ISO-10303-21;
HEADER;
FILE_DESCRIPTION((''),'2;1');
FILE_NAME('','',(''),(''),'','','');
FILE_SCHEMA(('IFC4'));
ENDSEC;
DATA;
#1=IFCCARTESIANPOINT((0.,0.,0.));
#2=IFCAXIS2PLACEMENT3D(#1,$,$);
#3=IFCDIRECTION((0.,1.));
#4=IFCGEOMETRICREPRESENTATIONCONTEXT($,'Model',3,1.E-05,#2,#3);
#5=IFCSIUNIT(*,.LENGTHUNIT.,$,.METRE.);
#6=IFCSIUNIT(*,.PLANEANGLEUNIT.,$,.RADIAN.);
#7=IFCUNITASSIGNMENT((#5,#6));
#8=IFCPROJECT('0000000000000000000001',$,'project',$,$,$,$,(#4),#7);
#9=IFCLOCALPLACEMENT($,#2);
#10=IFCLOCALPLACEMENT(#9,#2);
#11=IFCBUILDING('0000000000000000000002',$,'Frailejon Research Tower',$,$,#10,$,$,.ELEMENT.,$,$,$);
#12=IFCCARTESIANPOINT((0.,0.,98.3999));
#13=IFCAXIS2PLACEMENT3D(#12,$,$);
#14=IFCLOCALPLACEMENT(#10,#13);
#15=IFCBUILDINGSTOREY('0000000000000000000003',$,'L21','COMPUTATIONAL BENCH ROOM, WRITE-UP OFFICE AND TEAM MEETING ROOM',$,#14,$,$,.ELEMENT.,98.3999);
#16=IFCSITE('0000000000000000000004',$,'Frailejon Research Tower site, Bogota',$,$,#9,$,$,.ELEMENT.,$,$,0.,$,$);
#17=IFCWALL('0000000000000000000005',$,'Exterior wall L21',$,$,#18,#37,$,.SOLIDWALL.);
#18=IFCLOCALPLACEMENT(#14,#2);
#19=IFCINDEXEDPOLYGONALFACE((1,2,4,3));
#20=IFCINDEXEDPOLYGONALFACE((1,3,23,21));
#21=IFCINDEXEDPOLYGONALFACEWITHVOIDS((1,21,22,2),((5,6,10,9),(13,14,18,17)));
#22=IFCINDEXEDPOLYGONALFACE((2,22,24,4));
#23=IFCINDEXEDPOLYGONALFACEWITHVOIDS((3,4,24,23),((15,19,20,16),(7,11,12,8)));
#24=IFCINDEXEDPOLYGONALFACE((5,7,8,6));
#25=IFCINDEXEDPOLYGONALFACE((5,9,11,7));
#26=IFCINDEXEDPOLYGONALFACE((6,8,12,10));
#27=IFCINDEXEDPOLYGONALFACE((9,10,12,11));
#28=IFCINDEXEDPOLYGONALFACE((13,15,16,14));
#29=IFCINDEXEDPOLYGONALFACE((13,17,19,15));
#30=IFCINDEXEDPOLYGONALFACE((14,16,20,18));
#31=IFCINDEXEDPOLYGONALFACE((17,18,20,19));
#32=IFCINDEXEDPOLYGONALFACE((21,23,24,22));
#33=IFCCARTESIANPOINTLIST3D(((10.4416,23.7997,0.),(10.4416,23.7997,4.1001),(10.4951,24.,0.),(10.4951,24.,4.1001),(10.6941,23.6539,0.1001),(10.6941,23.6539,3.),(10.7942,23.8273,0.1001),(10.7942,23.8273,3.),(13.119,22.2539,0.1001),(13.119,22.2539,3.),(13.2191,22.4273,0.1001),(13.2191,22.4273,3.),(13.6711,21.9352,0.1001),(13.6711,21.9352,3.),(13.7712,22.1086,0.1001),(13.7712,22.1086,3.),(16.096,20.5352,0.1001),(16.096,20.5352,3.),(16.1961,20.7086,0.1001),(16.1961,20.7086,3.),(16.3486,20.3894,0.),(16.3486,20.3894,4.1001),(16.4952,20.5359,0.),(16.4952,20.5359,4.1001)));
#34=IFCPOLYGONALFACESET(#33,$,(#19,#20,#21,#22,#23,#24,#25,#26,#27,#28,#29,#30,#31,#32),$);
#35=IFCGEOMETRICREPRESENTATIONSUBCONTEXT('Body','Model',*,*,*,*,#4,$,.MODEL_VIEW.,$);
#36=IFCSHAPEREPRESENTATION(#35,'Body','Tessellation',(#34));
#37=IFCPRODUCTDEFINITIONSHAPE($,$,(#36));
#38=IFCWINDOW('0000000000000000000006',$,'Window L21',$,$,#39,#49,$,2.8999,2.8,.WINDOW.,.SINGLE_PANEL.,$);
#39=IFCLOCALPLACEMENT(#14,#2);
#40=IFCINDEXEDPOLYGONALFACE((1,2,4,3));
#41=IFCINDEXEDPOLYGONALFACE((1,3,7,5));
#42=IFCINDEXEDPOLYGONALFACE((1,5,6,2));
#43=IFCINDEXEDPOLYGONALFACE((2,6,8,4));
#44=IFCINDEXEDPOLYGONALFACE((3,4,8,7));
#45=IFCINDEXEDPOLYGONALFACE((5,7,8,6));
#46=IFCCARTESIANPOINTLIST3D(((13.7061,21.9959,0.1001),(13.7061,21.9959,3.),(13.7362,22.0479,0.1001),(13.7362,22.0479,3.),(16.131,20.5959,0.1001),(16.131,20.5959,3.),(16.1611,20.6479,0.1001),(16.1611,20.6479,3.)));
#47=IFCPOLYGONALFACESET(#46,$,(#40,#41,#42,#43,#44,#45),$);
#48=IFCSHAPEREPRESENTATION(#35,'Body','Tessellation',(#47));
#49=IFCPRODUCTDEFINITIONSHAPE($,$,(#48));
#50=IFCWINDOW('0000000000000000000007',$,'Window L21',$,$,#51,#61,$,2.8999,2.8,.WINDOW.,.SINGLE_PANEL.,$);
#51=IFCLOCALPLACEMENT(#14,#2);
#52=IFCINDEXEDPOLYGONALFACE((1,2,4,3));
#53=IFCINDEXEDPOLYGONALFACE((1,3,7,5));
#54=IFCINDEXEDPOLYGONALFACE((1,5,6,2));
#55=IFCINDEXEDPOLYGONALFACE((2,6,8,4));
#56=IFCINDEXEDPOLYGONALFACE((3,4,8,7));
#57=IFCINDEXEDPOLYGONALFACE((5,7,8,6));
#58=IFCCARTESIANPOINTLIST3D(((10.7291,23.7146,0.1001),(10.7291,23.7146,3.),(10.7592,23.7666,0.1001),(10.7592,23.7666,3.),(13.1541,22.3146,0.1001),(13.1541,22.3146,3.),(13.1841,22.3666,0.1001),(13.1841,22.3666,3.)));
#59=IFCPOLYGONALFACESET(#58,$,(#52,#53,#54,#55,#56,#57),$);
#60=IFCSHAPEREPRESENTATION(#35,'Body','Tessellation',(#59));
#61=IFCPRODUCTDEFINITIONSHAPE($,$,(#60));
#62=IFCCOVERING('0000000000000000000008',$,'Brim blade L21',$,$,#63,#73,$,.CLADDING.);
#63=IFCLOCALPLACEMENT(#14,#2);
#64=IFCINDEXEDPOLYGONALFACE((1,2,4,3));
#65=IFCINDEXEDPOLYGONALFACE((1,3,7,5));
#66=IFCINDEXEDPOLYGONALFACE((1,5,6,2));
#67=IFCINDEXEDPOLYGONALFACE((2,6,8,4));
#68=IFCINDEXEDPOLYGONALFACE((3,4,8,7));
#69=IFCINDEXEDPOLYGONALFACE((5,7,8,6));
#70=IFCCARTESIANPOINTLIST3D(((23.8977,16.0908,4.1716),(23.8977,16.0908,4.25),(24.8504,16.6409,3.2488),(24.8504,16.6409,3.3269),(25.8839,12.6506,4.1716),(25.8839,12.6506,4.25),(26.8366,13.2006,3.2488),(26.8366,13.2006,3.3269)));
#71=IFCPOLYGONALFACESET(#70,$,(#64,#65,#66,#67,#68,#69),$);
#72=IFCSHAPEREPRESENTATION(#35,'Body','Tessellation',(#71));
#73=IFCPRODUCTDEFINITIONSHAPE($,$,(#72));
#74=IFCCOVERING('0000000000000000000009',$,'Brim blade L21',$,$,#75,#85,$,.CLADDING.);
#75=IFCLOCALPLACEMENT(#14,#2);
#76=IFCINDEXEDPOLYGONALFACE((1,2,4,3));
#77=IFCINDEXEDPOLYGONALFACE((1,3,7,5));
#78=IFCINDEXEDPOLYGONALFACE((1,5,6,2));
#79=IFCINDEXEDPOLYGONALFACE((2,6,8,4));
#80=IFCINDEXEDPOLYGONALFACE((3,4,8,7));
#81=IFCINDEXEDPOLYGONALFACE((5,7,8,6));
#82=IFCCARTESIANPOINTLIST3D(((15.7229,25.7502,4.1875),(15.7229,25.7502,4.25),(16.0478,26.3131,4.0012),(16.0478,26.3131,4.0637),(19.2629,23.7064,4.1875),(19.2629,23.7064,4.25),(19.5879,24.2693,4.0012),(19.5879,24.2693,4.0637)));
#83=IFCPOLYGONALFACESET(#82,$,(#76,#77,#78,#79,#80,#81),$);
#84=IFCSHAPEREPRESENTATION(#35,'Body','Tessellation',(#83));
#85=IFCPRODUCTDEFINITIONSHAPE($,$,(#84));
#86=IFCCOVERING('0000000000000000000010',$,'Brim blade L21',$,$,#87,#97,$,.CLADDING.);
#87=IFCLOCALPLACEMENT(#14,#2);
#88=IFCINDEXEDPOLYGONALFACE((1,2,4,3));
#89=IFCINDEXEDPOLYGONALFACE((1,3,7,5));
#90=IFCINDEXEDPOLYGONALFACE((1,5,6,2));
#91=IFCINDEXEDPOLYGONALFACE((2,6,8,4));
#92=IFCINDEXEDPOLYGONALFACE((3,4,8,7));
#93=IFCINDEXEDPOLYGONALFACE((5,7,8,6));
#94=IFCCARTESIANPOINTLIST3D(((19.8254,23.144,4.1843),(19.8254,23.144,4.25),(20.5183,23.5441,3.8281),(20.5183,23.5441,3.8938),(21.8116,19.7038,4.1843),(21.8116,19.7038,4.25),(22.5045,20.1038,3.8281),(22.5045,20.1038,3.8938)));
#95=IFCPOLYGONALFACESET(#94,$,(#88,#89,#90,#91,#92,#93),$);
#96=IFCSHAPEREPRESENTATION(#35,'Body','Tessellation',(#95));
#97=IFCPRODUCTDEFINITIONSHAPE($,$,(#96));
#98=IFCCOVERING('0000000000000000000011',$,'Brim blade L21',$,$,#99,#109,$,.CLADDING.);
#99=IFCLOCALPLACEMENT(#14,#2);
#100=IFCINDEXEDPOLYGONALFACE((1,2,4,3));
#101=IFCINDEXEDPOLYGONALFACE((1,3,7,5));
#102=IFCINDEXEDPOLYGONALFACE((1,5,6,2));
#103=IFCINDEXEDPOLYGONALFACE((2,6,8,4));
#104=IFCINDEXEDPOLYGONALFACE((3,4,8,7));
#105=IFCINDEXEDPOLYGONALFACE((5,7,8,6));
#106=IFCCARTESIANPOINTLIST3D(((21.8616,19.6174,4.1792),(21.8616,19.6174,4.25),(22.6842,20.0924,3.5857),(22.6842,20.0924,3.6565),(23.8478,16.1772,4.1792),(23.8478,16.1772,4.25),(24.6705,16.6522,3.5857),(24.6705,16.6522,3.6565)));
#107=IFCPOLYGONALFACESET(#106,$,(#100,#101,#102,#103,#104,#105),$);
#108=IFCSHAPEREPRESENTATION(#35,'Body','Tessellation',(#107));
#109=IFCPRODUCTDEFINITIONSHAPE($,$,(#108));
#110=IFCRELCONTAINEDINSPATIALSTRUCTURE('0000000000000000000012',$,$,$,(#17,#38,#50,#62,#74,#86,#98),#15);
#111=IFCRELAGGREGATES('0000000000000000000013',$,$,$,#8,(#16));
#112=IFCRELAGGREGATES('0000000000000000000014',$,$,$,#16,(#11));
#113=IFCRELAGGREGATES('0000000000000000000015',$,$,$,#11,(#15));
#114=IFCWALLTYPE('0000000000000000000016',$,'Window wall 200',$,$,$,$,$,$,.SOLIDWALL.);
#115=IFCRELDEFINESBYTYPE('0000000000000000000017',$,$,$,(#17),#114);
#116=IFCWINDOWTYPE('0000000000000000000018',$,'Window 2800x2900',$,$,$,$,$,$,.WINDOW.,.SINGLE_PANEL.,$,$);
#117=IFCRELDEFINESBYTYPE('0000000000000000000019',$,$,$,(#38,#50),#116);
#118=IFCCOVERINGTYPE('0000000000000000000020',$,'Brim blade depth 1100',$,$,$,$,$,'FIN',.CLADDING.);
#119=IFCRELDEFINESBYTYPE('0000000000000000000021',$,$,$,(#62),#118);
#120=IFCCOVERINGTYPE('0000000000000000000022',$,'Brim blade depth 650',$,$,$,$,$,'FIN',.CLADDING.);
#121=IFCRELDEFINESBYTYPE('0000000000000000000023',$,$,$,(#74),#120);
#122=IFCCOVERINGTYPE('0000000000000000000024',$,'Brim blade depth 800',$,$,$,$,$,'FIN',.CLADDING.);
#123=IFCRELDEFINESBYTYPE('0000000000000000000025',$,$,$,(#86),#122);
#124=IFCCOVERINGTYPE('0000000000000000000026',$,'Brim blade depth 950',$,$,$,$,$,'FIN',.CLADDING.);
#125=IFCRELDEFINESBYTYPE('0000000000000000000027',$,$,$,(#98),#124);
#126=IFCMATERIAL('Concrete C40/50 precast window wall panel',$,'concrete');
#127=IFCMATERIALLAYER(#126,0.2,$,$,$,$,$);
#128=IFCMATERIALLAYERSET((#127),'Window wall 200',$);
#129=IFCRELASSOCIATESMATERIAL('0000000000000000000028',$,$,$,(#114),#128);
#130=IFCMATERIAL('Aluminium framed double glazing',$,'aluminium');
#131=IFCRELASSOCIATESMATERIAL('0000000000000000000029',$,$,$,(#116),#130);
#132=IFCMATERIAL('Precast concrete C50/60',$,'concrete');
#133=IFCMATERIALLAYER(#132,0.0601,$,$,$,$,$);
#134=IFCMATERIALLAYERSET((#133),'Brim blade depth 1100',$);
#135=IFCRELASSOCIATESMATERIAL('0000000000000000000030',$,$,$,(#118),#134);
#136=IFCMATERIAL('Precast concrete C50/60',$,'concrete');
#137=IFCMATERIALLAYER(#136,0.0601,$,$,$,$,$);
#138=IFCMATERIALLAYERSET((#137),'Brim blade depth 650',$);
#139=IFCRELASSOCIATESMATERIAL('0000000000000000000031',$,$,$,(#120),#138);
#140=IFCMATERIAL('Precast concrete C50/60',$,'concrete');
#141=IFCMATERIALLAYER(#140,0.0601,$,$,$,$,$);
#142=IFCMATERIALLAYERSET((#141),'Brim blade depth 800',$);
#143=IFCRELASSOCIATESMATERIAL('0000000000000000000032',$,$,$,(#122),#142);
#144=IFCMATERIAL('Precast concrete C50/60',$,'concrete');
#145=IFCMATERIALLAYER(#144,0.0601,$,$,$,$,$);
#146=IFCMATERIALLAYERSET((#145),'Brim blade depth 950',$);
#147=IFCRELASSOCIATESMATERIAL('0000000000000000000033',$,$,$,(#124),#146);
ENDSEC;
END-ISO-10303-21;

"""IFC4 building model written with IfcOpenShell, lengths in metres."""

from ifc_helpers import new_model, si_unit, direction, frame, frame_2d, origin, place, context, subcontext, project, spatial, polyline, rectangle, outline, extrude, material, layer, layer_set, type_object, element, fill, save


model = new_model("IFC4")

# Units and contexts
model_context = context("Model", 3, precision=1e-05, world=origin(), true_north=direction((0.0, 1.0)))
body_context = subcontext(model_context, "Body", "Model", "MODEL_VIEW")
ifc_project = project(units=[si_unit("LENGTHUNIT", "METRE"), si_unit("PLANEANGLEUNIT", "RADIAN")], contexts=[model_context])

# Site, building, storey
site_placement = place(None, origin())
site = spatial("IfcSite", under=ifc_project, at=site_placement, Name="Frailejon Research Tower site, Bogota", CompositionType="ELEMENT", RefElevation=0.0)
building_placement = place(site_placement, origin())
building = spatial("IfcBuilding", under=site, at=building_placement, Name="Frailejon Research Tower", CompositionType="ELEMENT")
storey_placement = place(building_placement, frame((0.0, 0.0, 98.3999)))
storey = spatial("IfcBuildingStorey", under=building, at=storey_placement, Name="L21", Description="COMPUTATIONAL BENCH ROOM, WRITE-UP OFFICE AND TEAM MEETING ROOM", CompositionType="ELEMENT", Elevation=98.3999)

# Wall, openings, windows
ifc_material_1 = material(Name="Concrete C40/50 precast window wall panel", Category="concrete")
ifc_layer_1 = layer(ifc_material_1, 0.2)
ifc_layer_set_1 = layer_set([ifc_layer_1], Name="Window wall 200")
wall_type_1 = type_object("IfcWallType", Name="Window wall 200", PredefinedType="SOLIDWALL", material=ifc_layer_set_1)
wall_1_placement = place(storey_placement, frame((16.4219, 20.4626, 0.0), z_axis=(0.0, 0.0, 1.0), x_axis=(-0.866029, 0.499993, 0.0)))
wall_1 = element("IfcWall", 1, at=wall_1_placement, inside=storey, type_object=wall_type_1, Name="Exterior wall L21", PredefinedType="SOLIDWALL", context=body_context, shape_type="SweptSolid", body=[
    extrude(outline(polyline([(-0.0269, -0.1001), (1.1279, -0.1001), (2.2825, -0.1001), (3.4373, -0.1001), (4.592, -0.1001), (5.7466, -0.1001), (6.9014, -0.1001), (6.8477, 0.1001), (5.7109, 0.1001), (4.574, 0.1001), (3.4373, 0.1001), (2.3005, 0.1001), (1.1636, 0.1001), (0.0269, 0.1001), (-0.0269, -0.1001)])), origin(), (0.0, 0.0, 1.0), 4.1001),
])
opening_1_placement = place(wall_1_placement, frame((0.3186, 0.0, 0.1001)))
opening_1 = element("IfcOpeningElement", 2, at=opening_1_placement, cuts=wall_1, PredefinedType="OPENING", context=body_context, shape_type="SweptSolid", body=[
    extrude(rectangle(XDim=2.8, YDim=2.8999, at=frame_2d((1.3999, 1.45))), frame((0.0, 0.1099, 0.0), z_axis=(0.0, -1.0, 0.0), x_axis=(1.0, 0.0, 0.0)), (0.0, 0.0, 1.0), 0.22),
])
opening_2_placement = place(wall_1_placement, frame((3.7561, 0.0, 0.1001)))
opening_2 = element("IfcOpeningElement", 3, at=opening_2_placement, cuts=wall_1, PredefinedType="OPENING", context=body_context, shape_type="SweptSolid", body=[
    extrude(rectangle(XDim=2.8, YDim=2.8999, at=frame_2d((1.3999, 1.45))), frame((0.0, 0.1099, 0.0), z_axis=(0.0, -1.0, 0.0), x_axis=(1.0, 0.0, 0.0)), (0.0, 0.0, 1.0), 0.22),
])
ifc_material_2 = material(Name="Aluminium framed double glazing", Category="aluminium")
window_type = type_object("IfcWindowType", Name="Window 2800x2900", PartitioningType="SINGLE_PANEL", PredefinedType="WINDOW", material=ifc_material_2)
window_1_placement = place(opening_1_placement, origin())
window_1 = element("IfcWindow", 4, at=window_1_placement, inside=storey, type_object=window_type, Name="Window L21", OverallHeight=2.8999, OverallWidth=2.8, PartitioningType="SINGLE_PANEL", PredefinedType="WINDOW", context=body_context, shape_type="SweptSolid", body=[
    extrude(rectangle(XDim=2.8, YDim=2.8999, at=frame_2d((1.3999, 1.45))), frame((0.0, 0.03, 0.0), z_axis=(0.0, -1.0, 0.0), x_axis=(1.0, 0.0, 0.0)), (0.0, 0.0, 1.0), 0.0601),
])
fill(opening_1, window_1)
window_2_placement = place(opening_2_placement, origin())
window_2 = element("IfcWindow", 5, at=window_2_placement, inside=storey, type_object=window_type, Name="Window L21", OverallHeight=2.8999, OverallWidth=2.8, PartitioningType="SINGLE_PANEL", PredefinedType="WINDOW", context=body_context, shape_type="SweptSolid", body=[
    extrude(rectangle(XDim=2.8, YDim=2.8999, at=frame_2d((1.3999, 1.45))), frame((0.0, 0.03, 0.0), z_axis=(0.0, -1.0, 0.0), x_axis=(1.0, 0.0, 0.0)), (0.0, 0.0, 1.0), 0.0601),
])
fill(opening_2, window_2)

# Coverings
ifc_material_3 = material(Name="Precast concrete C50/60", Category="concrete")
ifc_layer_2 = layer(ifc_material_3, 0.0601)
ifc_layer_set_2 = layer_set([ifc_layer_2], Name="Brim blade depth 1100")
covering_type_1 = type_object("IfcCoveringType", Name="Brim blade depth 1100", ElementType="FIN", PredefinedType="CLADDING", material=ifc_layer_set_2)
covering_1_placement = place(storey_placement, frame((23.8977, 16.0908, 4.25), z_axis=(0.499992, -0.86603, 0.0), x_axis=(0.86603, 0.499992, 0.0)))
element("IfcCovering", 6, at=covering_1_placement, inside=storey, type_object=covering_type_1, Name="Brim blade L21", PredefinedType="CLADDING", context=body_context, shape_type="SweptSolid", body=[
    extrude(outline(polyline([(0.0, -0.0784), (1.1001, -1.0012), (1.1001, -0.9231), (0.0, 0.0), (0.0, -0.0784)])), origin(), (0.0, 0.0, 1.0), 3.9724),
])
ifc_material_4 = material(Name="Precast concrete C50/60", Category="concrete")
ifc_layer_3 = layer(ifc_material_4, 0.0601)
ifc_layer_set_3 = layer_set([ifc_layer_3], Name="Brim blade depth 650")
covering_type_2 = type_object("IfcCoveringType", Name="Brim blade depth 650", ElementType="FIN", PredefinedType="CLADDING", material=ifc_layer_set_3)
covering_2_placement = place(storey_placement, frame((15.7229, 25.7502, 4.25), z_axis=(0.866027, -0.499997, 0.0), x_axis=(0.499997, 0.866027, 0.0)))
element("IfcCovering", 7, at=covering_2_placement, inside=storey, type_object=covering_type_2, Name="Brim blade L21", PredefinedType="CLADDING", context=body_context, shape_type="SweptSolid", body=[
    extrude(outline(polyline([(0.0, -0.0625), (0.6499, -0.2488), (0.6499, -0.1863), (0.0, 0.0), (0.0, -0.0625)])), origin(), (0.0, 0.0, 1.0), 4.0876),
])
ifc_material_5 = material(Name="Precast concrete C50/60", Category="concrete")
ifc_layer_4 = layer(ifc_material_5, 0.0601)
ifc_layer_set_4 = layer_set([ifc_layer_4], Name="Brim blade depth 800")
covering_type_3 = type_object("IfcCoveringType", Name="Brim blade depth 800", ElementType="FIN", PredefinedType="CLADDING", material=ifc_layer_set_4)
covering_3_placement = place(storey_placement, frame((19.8254, 23.144, 4.25), z_axis=(0.499992, -0.86603, 0.0), x_axis=(0.86603, 0.499992, 0.0)))
element("IfcCovering", 8, at=covering_3_placement, inside=storey, type_object=covering_type_3, Name="Brim blade L21", PredefinedType="CLADDING", context=body_context, shape_type="SweptSolid", body=[
    extrude(outline(polyline([(0.0, -0.0657), (0.8, -0.4219), (0.8, -0.3562), (0.0, 0.0), (0.0, -0.0657)])), origin(), (0.0, 0.0, 1.0), 3.9724),
])
ifc_material_6 = material(Name="Precast concrete C50/60", Category="concrete")
ifc_layer_5 = layer(ifc_material_6, 0.0601)
ifc_layer_set_5 = layer_set([ifc_layer_5], Name="Brim blade depth 950")
covering_type_4 = type_object("IfcCoveringType", Name="Brim blade depth 950", ElementType="FIN", PredefinedType="CLADDING", material=ifc_layer_set_5)
covering_4_placement = place(storey_placement, frame((21.8616, 19.6174, 4.25), z_axis=(0.500011, -0.866019, 0.0), x_axis=(0.866019, 0.500011, 0.0)))
element("IfcCovering", 9, at=covering_4_placement, inside=storey, type_object=covering_type_4, Name="Brim blade L21", PredefinedType="CLADDING", context=body_context, shape_type="SweptSolid", body=[
    extrude(outline(polyline([(0.0, -0.0708), (0.95, -0.6643), (0.95, -0.5935), (0.0, 0.0), (0.0, -0.0708)])), origin(), (0.0, 0.0, 1.0), 3.9724),
])

save(model, "model.ifc")
